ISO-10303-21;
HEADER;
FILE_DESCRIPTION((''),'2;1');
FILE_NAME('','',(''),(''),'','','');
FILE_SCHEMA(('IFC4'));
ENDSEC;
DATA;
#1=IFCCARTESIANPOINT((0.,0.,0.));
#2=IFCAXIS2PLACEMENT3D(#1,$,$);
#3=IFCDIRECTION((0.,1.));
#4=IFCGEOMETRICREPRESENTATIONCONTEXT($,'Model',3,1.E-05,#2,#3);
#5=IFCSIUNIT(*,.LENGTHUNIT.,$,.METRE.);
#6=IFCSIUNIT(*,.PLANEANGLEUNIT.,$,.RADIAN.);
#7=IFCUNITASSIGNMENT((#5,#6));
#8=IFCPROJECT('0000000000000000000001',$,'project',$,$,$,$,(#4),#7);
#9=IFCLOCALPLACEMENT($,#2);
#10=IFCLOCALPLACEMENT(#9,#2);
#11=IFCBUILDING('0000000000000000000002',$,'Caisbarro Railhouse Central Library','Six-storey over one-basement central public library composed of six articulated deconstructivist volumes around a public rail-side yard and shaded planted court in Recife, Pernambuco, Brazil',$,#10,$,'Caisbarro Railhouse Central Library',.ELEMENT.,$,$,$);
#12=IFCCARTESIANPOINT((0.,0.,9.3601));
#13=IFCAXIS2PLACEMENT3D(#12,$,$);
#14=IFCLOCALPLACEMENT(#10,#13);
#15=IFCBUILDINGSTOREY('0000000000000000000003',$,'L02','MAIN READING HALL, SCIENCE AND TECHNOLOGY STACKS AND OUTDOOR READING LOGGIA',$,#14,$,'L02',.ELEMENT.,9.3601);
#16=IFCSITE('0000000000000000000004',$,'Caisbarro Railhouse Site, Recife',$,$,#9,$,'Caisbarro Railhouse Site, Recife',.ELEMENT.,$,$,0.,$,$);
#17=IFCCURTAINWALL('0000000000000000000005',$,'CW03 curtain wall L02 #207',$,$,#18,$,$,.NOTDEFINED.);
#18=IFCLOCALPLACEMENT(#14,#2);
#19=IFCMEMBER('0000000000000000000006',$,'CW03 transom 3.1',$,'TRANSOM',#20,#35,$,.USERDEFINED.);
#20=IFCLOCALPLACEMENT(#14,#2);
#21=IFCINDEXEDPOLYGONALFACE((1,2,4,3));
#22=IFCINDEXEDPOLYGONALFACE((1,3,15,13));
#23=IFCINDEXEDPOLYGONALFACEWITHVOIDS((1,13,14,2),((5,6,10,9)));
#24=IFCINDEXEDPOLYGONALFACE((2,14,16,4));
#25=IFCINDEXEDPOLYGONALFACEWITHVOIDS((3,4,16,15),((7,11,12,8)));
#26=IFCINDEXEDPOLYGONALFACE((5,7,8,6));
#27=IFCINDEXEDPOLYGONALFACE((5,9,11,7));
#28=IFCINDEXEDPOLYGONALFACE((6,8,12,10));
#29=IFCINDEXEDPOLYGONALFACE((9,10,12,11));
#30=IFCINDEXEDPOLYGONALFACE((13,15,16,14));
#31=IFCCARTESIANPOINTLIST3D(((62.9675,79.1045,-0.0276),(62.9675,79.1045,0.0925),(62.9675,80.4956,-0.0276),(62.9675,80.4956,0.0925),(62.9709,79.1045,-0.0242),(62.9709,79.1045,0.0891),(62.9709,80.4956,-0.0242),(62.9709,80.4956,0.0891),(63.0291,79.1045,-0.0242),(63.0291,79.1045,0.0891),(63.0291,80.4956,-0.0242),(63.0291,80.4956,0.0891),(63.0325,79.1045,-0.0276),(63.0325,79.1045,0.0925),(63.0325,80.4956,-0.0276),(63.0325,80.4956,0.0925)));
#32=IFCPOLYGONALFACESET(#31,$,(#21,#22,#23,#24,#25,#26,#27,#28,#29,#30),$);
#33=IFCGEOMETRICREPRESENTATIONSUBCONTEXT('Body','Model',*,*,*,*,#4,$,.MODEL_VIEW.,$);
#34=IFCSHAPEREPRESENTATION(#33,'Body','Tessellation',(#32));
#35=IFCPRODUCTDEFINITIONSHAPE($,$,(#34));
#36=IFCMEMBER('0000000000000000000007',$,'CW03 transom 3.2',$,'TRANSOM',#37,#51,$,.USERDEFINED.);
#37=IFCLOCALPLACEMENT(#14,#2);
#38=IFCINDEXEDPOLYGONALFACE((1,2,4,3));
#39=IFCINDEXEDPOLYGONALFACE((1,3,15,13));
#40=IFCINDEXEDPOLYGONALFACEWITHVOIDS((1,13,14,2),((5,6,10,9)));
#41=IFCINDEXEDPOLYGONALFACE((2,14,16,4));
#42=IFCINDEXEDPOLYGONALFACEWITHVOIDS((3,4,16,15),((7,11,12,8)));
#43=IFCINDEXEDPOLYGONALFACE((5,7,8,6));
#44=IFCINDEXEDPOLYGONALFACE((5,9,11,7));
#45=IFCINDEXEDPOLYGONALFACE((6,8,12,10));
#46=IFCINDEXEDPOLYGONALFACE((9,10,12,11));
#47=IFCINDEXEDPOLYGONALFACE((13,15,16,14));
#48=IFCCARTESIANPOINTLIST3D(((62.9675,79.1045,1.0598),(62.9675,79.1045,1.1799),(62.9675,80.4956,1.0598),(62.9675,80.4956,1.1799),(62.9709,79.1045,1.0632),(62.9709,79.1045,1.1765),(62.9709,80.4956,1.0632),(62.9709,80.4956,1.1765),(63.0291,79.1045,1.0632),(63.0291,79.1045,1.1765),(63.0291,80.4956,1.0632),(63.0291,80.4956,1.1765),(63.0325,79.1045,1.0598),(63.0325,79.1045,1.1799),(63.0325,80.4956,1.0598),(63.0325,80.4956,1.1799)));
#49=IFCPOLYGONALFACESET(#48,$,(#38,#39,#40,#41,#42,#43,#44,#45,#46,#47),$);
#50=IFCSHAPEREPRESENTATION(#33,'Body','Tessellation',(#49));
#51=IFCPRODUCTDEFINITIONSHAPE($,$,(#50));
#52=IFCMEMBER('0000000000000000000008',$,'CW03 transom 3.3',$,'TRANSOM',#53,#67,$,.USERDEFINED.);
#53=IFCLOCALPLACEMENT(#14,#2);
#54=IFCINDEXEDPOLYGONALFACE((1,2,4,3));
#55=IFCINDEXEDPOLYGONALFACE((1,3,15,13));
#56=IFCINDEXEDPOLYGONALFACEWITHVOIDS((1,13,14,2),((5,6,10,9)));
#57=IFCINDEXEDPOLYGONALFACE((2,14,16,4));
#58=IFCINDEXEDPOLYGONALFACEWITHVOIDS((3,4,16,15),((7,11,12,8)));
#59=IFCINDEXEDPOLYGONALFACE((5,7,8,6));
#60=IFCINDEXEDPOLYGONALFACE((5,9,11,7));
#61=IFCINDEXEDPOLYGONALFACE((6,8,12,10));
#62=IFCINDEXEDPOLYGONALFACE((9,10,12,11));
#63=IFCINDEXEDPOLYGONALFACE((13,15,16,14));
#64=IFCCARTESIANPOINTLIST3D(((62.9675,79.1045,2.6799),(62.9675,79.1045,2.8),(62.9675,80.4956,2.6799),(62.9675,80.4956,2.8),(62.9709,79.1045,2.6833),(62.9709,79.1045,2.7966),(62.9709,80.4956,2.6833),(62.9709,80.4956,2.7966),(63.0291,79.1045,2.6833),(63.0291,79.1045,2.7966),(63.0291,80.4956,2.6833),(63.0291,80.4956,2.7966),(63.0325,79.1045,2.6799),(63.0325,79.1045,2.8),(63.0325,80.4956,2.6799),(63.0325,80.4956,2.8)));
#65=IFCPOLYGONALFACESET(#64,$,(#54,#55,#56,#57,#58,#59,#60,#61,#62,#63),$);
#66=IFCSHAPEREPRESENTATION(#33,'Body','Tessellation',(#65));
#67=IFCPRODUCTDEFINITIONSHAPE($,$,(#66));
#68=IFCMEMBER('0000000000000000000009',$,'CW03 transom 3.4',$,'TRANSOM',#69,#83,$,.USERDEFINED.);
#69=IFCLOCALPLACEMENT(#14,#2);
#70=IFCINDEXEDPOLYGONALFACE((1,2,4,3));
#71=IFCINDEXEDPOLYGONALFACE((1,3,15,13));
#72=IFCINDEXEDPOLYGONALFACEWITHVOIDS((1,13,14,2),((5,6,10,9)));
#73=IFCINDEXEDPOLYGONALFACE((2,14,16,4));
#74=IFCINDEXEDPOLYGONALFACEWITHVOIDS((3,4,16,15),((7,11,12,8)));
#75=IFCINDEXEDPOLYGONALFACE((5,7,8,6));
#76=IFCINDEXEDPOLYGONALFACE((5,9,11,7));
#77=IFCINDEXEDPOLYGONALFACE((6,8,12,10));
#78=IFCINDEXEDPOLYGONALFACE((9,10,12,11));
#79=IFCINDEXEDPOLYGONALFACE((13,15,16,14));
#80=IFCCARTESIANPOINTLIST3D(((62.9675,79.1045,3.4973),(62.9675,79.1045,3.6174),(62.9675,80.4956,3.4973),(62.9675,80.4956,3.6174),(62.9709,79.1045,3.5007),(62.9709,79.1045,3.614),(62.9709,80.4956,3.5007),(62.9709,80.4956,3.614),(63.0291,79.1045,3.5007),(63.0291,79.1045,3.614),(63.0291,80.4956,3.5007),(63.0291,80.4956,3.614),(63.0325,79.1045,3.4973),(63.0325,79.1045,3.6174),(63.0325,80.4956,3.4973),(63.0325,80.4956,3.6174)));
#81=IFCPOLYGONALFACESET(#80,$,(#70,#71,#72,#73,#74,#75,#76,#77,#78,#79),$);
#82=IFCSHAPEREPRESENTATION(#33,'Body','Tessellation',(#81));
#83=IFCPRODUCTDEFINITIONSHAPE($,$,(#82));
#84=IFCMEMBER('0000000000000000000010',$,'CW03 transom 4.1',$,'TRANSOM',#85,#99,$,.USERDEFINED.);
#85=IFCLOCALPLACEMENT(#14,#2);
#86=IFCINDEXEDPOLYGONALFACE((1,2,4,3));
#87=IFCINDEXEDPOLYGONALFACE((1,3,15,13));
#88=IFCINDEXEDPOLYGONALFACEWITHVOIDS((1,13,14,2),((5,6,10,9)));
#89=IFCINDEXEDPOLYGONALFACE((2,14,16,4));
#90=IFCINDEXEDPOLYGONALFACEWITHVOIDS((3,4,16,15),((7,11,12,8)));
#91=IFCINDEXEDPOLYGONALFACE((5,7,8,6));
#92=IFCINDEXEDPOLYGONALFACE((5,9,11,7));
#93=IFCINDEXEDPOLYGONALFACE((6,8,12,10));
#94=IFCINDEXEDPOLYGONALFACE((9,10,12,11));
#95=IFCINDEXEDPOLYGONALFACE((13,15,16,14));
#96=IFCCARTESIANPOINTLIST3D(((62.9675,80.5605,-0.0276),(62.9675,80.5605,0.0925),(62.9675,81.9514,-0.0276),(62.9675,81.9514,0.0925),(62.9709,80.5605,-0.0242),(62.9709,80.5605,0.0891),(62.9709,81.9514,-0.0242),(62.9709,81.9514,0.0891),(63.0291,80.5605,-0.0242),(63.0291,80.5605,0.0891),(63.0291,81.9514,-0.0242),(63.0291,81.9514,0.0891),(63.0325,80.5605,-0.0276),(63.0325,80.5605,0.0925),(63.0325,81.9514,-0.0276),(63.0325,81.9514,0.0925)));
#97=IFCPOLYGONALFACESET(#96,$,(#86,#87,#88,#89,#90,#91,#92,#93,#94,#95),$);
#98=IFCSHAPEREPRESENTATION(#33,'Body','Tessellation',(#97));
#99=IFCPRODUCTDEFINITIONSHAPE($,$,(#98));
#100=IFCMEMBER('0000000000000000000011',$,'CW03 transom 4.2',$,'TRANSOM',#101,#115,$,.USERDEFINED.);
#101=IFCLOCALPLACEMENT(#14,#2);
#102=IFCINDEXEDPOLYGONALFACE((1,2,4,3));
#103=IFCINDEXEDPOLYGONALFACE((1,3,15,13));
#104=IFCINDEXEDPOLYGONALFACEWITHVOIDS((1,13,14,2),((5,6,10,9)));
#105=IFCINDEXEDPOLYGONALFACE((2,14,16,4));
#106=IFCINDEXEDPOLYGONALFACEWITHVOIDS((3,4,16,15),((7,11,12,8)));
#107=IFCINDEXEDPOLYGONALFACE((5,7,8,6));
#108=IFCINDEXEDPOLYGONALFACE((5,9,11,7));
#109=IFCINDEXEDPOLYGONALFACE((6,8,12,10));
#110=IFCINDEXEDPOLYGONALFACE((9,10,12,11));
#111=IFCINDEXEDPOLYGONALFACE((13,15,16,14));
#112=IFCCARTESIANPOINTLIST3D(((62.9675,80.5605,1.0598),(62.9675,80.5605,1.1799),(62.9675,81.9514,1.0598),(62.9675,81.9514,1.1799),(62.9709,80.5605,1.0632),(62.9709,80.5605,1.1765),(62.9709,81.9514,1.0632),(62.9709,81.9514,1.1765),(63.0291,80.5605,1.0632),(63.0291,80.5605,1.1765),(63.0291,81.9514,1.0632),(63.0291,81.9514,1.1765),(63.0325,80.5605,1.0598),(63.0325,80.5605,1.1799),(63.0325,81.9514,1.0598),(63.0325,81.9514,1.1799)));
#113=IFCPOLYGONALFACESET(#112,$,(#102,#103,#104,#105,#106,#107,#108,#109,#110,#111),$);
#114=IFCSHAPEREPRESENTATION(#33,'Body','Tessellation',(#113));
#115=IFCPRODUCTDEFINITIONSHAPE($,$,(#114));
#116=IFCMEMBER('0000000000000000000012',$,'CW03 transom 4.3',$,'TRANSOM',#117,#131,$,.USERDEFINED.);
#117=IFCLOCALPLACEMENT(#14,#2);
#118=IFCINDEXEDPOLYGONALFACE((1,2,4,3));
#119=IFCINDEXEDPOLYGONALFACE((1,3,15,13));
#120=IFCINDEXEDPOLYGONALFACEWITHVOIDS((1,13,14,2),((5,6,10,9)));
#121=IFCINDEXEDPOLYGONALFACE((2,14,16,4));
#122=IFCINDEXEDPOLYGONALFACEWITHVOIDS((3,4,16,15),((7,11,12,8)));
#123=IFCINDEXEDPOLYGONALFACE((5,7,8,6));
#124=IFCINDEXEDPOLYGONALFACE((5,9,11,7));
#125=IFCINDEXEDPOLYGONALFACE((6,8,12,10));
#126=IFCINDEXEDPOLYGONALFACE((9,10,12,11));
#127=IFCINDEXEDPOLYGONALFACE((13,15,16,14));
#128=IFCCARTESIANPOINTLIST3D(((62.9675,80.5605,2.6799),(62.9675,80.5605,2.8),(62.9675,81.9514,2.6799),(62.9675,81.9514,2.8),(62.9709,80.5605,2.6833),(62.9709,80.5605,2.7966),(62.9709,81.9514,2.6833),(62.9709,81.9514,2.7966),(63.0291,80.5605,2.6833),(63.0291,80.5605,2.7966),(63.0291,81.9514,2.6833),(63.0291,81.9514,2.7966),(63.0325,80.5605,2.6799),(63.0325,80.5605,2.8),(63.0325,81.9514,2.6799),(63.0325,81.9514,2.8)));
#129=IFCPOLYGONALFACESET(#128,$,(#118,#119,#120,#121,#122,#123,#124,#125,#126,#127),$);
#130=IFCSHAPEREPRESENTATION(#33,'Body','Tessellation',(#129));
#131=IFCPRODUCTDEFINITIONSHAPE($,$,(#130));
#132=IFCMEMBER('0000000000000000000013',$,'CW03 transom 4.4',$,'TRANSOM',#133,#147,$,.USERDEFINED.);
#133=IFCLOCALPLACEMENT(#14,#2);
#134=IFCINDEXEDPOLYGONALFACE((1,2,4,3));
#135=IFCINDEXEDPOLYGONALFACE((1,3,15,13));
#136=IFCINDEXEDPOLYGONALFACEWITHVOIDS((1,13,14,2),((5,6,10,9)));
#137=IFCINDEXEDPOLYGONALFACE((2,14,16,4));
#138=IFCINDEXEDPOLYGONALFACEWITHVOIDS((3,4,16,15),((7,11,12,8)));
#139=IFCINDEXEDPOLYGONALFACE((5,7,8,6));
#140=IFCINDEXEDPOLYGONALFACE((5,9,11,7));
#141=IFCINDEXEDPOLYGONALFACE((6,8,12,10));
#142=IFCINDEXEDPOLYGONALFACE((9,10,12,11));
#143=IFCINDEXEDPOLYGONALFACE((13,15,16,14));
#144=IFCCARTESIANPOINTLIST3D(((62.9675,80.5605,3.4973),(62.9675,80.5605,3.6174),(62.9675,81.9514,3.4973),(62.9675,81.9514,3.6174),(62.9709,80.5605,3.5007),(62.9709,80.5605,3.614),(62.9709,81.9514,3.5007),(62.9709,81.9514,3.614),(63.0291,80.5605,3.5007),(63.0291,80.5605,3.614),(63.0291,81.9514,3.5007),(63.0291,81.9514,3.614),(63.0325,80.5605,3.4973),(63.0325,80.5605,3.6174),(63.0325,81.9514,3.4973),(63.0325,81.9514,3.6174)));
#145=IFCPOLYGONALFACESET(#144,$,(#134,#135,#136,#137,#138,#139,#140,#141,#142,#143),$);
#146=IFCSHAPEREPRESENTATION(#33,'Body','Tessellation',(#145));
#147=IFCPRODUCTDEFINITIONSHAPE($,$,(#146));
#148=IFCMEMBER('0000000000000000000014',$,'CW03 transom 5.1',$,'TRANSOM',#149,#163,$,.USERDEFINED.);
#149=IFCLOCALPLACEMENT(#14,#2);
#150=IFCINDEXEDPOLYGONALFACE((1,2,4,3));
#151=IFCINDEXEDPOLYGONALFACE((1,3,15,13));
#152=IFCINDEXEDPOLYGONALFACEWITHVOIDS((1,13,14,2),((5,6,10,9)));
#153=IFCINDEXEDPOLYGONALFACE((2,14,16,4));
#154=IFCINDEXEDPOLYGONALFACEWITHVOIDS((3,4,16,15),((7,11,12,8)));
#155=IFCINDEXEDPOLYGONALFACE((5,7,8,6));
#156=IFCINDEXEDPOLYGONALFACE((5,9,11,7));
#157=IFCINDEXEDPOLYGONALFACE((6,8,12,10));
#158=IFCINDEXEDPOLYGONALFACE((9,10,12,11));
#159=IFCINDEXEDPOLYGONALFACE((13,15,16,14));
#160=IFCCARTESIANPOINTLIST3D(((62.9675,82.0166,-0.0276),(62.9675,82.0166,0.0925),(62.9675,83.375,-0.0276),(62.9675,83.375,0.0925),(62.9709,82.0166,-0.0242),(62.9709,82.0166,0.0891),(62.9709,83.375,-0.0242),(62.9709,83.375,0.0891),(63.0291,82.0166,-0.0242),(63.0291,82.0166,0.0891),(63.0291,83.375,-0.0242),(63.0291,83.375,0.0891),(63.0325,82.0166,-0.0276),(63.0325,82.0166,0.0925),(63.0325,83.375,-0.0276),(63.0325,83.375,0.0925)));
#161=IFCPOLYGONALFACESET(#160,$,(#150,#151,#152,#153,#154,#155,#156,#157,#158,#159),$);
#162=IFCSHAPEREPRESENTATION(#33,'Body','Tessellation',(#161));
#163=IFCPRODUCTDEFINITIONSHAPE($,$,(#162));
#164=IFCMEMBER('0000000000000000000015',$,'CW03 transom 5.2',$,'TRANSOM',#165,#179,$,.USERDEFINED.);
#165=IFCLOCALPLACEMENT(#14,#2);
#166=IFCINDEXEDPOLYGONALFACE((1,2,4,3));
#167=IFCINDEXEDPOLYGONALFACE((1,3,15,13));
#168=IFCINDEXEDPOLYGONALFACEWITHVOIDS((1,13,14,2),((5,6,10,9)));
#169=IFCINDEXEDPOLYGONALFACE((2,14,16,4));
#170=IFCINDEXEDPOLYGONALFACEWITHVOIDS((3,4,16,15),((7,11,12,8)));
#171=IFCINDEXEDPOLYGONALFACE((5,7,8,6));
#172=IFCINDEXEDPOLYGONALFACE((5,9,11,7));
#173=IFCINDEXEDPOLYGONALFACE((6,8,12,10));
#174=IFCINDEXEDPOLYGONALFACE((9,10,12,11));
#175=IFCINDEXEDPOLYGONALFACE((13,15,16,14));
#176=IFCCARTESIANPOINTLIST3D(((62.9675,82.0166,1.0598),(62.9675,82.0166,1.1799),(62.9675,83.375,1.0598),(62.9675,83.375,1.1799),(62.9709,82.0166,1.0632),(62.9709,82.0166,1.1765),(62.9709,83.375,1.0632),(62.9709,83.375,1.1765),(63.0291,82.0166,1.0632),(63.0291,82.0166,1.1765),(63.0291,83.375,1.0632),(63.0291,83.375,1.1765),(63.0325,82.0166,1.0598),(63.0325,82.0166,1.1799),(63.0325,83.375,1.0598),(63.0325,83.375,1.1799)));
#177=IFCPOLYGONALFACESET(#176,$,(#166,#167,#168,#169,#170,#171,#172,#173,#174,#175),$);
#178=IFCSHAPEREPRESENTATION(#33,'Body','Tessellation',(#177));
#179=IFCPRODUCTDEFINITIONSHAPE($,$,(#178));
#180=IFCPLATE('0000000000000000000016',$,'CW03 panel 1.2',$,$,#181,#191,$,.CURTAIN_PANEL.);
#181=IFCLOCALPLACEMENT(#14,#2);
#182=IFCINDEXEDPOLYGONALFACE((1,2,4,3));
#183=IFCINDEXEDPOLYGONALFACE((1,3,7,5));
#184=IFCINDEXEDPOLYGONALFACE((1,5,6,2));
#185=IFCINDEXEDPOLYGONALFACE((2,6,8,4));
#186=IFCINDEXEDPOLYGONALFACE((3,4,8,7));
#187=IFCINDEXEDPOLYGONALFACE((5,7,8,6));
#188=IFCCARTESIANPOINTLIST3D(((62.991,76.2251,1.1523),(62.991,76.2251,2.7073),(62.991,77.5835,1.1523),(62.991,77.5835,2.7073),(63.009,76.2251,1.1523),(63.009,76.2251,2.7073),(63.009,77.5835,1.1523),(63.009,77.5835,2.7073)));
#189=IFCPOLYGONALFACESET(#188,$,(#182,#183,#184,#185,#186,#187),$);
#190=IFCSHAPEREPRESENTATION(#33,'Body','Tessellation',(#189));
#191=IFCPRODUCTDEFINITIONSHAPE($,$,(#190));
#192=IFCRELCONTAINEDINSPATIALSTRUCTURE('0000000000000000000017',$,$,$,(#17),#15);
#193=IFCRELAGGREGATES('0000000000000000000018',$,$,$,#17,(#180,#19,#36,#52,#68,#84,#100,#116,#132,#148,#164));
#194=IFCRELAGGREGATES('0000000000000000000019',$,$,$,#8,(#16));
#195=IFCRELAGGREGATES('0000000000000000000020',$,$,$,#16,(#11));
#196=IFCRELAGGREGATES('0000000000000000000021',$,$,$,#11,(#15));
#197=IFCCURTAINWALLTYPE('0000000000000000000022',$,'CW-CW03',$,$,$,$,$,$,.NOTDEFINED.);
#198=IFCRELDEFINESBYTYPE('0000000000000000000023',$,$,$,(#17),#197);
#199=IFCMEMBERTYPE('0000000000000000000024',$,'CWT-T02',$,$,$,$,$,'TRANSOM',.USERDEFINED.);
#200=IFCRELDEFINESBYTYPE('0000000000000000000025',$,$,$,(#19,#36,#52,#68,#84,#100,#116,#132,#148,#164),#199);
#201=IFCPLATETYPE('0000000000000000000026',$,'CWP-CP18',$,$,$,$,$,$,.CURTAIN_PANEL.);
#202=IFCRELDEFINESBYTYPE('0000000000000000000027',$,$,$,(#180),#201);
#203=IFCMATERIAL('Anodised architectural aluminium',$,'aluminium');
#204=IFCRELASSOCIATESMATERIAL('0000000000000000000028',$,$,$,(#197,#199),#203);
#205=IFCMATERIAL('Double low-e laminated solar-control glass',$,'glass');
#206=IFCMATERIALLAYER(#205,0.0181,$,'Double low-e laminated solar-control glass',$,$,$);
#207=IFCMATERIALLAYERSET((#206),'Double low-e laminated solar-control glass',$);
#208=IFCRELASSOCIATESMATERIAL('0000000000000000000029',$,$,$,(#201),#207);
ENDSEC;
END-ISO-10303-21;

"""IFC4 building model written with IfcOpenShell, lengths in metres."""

from ifc_helpers import new_model, si_unit, direction, frame, origin, origin_2d, place, context, subcontext, project, spatial, rectangle, hollow_rectangle, extrude, material, layer, layer_set, material_profile, profile_set, type_object, element, aggregate, save


model = new_model("IFC4")

# Units and contexts
model_context = context("Model", 3, precision=1e-05, world=origin(), true_north=direction((0.0, 1.0)))
body_context = subcontext(model_context, "Body", "Model", "MODEL_VIEW")
ifc_project = project(units=[si_unit("LENGTHUNIT", "METRE"), si_unit("PLANEANGLEUNIT", "RADIAN")], contexts=[model_context])

# Site, building, storey
site_placement = place(None, origin())
site = spatial("IfcSite", under=ifc_project, at=site_placement, Name="Caisbarro Railhouse Site, Recife", LongName="Caisbarro Railhouse Site, Recife", CompositionType="ELEMENT", RefElevation=0.0)
building_placement = place(site_placement, origin())
building = spatial("IfcBuilding", under=site, at=building_placement, Name="Caisbarro Railhouse Central Library", Description="Six-storey over one-basement central public library composed of six articulated deconstructivist volumes around a public rail-side yard and shaded planted court in Recife, Pernambuco, Brazil", LongName="Caisbarro Railhouse Central Library", CompositionType="ELEMENT")
storey_placement = place(building_placement, frame((0.0, 0.0, 9.3601)))
storey = spatial("IfcBuildingStorey", under=building, at=storey_placement, Name="L02", Description="MAIN READING HALL, SCIENCE AND TECHNOLOGY STACKS AND OUTDOOR READING LOGGIA", LongName="L02", CompositionType="ELEMENT", Elevation=9.3601)

# Curtain wall, members, plate
ifc_material_1 = material(Name="Anodised architectural aluminium", Category="aluminium")
curtain_wall_type = type_object("IfcCurtainWallType", Name="CW-CW03", PredefinedType="NOTDEFINED", material=ifc_material_1)
curtain_wall_placement = place(storey_placement, origin())
curtain_wall = element("IfcCurtainWall", 1, at=curtain_wall_placement, inside=storey, type_object=curtain_wall_type, Name="CW03 curtain wall L02 #207", PredefinedType="NOTDEFINED")
ifc_material_profile_1 = material_profile(ifc_material_1, hollow_rectangle(XDim=0.0649, YDim=0.1201, WallThickness=0.0034, at=origin_2d()), Name="ALU-TRN-65X120")
ifc_profile_set_1 = profile_set([ifc_material_profile_1], Name="Anodised architectural aluminium")
member_type_1 = type_object("IfcMemberType", Name="CWT-T02", ElementType="TRANSOM", PredefinedType="USERDEFINED", material=ifc_profile_set_1)
member_1_placement = place(storey_placement, frame((63.0, 79.1045, 0.0325), z_axis=(0.0, 1.0, 0.0), x_axis=(-1.0, 0.0, 0.0)))
member_1 = element("IfcMember", 2, at=member_1_placement, type_object=member_type_1, Name="CW03 transom 3.1", ObjectType="TRANSOM", PredefinedType="USERDEFINED", context=body_context, shape_type="SweptSolid", body=[
    extrude(hollow_rectangle(XDim=0.0649, YDim=0.1201, WallThickness=0.0034, at=origin_2d()), origin(), (0.0, 0.0, 1.0), 1.3911),
])
member_2_placement = place(storey_placement, frame((63.0, 79.1045, 1.1199), z_axis=(0.0, 1.0, 0.0), x_axis=(-1.0, 0.0, 0.0)))
member_2 = element("IfcMember", 3, at=member_2_placement, type_object=member_type_1, Name="CW03 transom 3.2", ObjectType="TRANSOM", PredefinedType="USERDEFINED", context=body_context, shape_type="SweptSolid", body=[
    extrude(hollow_rectangle(XDim=0.0649, YDim=0.1201, WallThickness=0.0034, at=origin_2d()), origin(), (0.0, 0.0, 1.0), 1.3911),
])
member_3_placement = place(storey_placement, frame((63.0, 79.1045, 2.74), z_axis=(0.0, 1.0, 0.0), x_axis=(-1.0, 0.0, 0.0)))
member_3 = element("IfcMember", 4, at=member_3_placement, type_object=member_type_1, Name="CW03 transom 3.3", ObjectType="TRANSOM", PredefinedType="USERDEFINED", context=body_context, shape_type="SweptSolid", body=[
    extrude(hollow_rectangle(XDim=0.0649, YDim=0.1201, WallThickness=0.0034, at=origin_2d()), origin(), (0.0, 0.0, 1.0), 1.3911),
])
member_4_placement = place(storey_placement, frame((63.0, 79.1045, 3.5574), z_axis=(0.0, 1.0, 0.0), x_axis=(-1.0, 0.0, 0.0)))
member_4 = element("IfcMember", 5, at=member_4_placement, type_object=member_type_1, Name="CW03 transom 3.4", ObjectType="TRANSOM", PredefinedType="USERDEFINED", context=body_context, shape_type="SweptSolid", body=[
    extrude(hollow_rectangle(XDim=0.0649, YDim=0.1201, WallThickness=0.0034, at=origin_2d()), origin(), (0.0, 0.0, 1.0), 1.3911),
])
member_5_placement = place(storey_placement, frame((63.0, 80.5605, 0.0325), z_axis=(0.0, 1.0, 0.0), x_axis=(-1.0, 0.0, 0.0)))
member_5 = element("IfcMember", 6, at=member_5_placement, type_object=member_type_1, Name="CW03 transom 4.1", ObjectType="TRANSOM", PredefinedType="USERDEFINED", context=body_context, shape_type="SweptSolid", body=[
    extrude(hollow_rectangle(XDim=0.0649, YDim=0.1201, WallThickness=0.0034, at=origin_2d()), origin(), (0.0, 0.0, 1.0), 1.3909),
])
member_6_placement = place(storey_placement, frame((63.0, 80.5605, 1.1199), z_axis=(0.0, 1.0, 0.0), x_axis=(-1.0, 0.0, 0.0)))
member_6 = element("IfcMember", 7, at=member_6_placement, type_object=member_type_1, Name="CW03 transom 4.2", ObjectType="TRANSOM", PredefinedType="USERDEFINED", context=body_context, shape_type="SweptSolid", body=[
    extrude(hollow_rectangle(XDim=0.0649, YDim=0.1201, WallThickness=0.0034, at=origin_2d()), origin(), (0.0, 0.0, 1.0), 1.3909),
])
member_7_placement = place(storey_placement, frame((63.0, 80.5605, 2.74), z_axis=(0.0, 1.0, 0.0), x_axis=(-1.0, 0.0, 0.0)))
member_7 = element("IfcMember", 8, at=member_7_placement, type_object=member_type_1, Name="CW03 transom 4.3", ObjectType="TRANSOM", PredefinedType="USERDEFINED", context=body_context, shape_type="SweptSolid", body=[
    extrude(hollow_rectangle(XDim=0.0649, YDim=0.1201, WallThickness=0.0034, at=origin_2d()), origin(), (0.0, 0.0, 1.0), 1.3909),
])
member_8_placement = place(storey_placement, frame((63.0, 80.5605, 3.5574), z_axis=(0.0, 1.0, 0.0), x_axis=(-1.0, 0.0, 0.0)))
member_8 = element("IfcMember", 9, at=member_8_placement, type_object=member_type_1, Name="CW03 transom 4.4", ObjectType="TRANSOM", PredefinedType="USERDEFINED", context=body_context, shape_type="SweptSolid", body=[
    extrude(hollow_rectangle(XDim=0.0649, YDim=0.1201, WallThickness=0.0034, at=origin_2d()), origin(), (0.0, 0.0, 1.0), 1.3909),
])
member_9_placement = place(storey_placement, frame((63.0, 82.0166, 0.0325), z_axis=(0.0, 1.0, 0.0), x_axis=(-1.0, 0.0, 0.0)))
member_9 = element("IfcMember", 10, at=member_9_placement, type_object=member_type_1, Name="CW03 transom 5.1", ObjectType="TRANSOM", PredefinedType="USERDEFINED", context=body_context, shape_type="SweptSolid", body=[
    extrude(hollow_rectangle(XDim=0.0649, YDim=0.1201, WallThickness=0.0034, at=origin_2d()), origin(), (0.0, 0.0, 1.0), 1.3584),
])
member_10_placement = place(storey_placement, frame((63.0, 82.0166, 1.1199), z_axis=(0.0, 1.0, 0.0), x_axis=(-1.0, 0.0, 0.0)))
member_10 = element("IfcMember", 11, at=member_10_placement, type_object=member_type_1, Name="CW03 transom 5.2", ObjectType="TRANSOM", PredefinedType="USERDEFINED", context=body_context, shape_type="SweptSolid", body=[
    extrude(hollow_rectangle(XDim=0.0649, YDim=0.1201, WallThickness=0.0034, at=origin_2d()), origin(), (0.0, 0.0, 1.0), 1.3584),
])
ifc_material_2 = material(Name="Double low-e laminated solar-control glass", Category="glass")
ifc_layer = layer(ifc_material_2, 0.0181, Name="Double low-e laminated solar-control glass")
ifc_layer_set = layer_set([ifc_layer], Name="Double low-e laminated solar-control glass")
plate_type = type_object("IfcPlateType", Name="CWP-CP18", PredefinedType="CURTAIN_PANEL", material=ifc_layer_set)
plate_1_placement = place(storey_placement, frame((63.0, 76.9043, 1.1523), z_axis=(0.0, 0.0, 1.0), x_axis=(0.0, 1.0, 0.0)))
plate_1 = element("IfcPlate", 12, at=plate_1_placement, type_object=plate_type, Name="CW03 panel 1.2", PredefinedType="CURTAIN_PANEL", context=body_context, shape_type="SweptSolid", body=[
    extrude(rectangle(XDim=1.3584, YDim=0.0181, at=origin_2d()), origin(), (0.0, 0.0, 1.0), 1.5549),
])
aggregate(curtain_wall, [plate_1, member_1, member_2, member_3, member_4, member_5, member_6, member_7, member_8, member_9, member_10])

save(model, "model.ifc")
